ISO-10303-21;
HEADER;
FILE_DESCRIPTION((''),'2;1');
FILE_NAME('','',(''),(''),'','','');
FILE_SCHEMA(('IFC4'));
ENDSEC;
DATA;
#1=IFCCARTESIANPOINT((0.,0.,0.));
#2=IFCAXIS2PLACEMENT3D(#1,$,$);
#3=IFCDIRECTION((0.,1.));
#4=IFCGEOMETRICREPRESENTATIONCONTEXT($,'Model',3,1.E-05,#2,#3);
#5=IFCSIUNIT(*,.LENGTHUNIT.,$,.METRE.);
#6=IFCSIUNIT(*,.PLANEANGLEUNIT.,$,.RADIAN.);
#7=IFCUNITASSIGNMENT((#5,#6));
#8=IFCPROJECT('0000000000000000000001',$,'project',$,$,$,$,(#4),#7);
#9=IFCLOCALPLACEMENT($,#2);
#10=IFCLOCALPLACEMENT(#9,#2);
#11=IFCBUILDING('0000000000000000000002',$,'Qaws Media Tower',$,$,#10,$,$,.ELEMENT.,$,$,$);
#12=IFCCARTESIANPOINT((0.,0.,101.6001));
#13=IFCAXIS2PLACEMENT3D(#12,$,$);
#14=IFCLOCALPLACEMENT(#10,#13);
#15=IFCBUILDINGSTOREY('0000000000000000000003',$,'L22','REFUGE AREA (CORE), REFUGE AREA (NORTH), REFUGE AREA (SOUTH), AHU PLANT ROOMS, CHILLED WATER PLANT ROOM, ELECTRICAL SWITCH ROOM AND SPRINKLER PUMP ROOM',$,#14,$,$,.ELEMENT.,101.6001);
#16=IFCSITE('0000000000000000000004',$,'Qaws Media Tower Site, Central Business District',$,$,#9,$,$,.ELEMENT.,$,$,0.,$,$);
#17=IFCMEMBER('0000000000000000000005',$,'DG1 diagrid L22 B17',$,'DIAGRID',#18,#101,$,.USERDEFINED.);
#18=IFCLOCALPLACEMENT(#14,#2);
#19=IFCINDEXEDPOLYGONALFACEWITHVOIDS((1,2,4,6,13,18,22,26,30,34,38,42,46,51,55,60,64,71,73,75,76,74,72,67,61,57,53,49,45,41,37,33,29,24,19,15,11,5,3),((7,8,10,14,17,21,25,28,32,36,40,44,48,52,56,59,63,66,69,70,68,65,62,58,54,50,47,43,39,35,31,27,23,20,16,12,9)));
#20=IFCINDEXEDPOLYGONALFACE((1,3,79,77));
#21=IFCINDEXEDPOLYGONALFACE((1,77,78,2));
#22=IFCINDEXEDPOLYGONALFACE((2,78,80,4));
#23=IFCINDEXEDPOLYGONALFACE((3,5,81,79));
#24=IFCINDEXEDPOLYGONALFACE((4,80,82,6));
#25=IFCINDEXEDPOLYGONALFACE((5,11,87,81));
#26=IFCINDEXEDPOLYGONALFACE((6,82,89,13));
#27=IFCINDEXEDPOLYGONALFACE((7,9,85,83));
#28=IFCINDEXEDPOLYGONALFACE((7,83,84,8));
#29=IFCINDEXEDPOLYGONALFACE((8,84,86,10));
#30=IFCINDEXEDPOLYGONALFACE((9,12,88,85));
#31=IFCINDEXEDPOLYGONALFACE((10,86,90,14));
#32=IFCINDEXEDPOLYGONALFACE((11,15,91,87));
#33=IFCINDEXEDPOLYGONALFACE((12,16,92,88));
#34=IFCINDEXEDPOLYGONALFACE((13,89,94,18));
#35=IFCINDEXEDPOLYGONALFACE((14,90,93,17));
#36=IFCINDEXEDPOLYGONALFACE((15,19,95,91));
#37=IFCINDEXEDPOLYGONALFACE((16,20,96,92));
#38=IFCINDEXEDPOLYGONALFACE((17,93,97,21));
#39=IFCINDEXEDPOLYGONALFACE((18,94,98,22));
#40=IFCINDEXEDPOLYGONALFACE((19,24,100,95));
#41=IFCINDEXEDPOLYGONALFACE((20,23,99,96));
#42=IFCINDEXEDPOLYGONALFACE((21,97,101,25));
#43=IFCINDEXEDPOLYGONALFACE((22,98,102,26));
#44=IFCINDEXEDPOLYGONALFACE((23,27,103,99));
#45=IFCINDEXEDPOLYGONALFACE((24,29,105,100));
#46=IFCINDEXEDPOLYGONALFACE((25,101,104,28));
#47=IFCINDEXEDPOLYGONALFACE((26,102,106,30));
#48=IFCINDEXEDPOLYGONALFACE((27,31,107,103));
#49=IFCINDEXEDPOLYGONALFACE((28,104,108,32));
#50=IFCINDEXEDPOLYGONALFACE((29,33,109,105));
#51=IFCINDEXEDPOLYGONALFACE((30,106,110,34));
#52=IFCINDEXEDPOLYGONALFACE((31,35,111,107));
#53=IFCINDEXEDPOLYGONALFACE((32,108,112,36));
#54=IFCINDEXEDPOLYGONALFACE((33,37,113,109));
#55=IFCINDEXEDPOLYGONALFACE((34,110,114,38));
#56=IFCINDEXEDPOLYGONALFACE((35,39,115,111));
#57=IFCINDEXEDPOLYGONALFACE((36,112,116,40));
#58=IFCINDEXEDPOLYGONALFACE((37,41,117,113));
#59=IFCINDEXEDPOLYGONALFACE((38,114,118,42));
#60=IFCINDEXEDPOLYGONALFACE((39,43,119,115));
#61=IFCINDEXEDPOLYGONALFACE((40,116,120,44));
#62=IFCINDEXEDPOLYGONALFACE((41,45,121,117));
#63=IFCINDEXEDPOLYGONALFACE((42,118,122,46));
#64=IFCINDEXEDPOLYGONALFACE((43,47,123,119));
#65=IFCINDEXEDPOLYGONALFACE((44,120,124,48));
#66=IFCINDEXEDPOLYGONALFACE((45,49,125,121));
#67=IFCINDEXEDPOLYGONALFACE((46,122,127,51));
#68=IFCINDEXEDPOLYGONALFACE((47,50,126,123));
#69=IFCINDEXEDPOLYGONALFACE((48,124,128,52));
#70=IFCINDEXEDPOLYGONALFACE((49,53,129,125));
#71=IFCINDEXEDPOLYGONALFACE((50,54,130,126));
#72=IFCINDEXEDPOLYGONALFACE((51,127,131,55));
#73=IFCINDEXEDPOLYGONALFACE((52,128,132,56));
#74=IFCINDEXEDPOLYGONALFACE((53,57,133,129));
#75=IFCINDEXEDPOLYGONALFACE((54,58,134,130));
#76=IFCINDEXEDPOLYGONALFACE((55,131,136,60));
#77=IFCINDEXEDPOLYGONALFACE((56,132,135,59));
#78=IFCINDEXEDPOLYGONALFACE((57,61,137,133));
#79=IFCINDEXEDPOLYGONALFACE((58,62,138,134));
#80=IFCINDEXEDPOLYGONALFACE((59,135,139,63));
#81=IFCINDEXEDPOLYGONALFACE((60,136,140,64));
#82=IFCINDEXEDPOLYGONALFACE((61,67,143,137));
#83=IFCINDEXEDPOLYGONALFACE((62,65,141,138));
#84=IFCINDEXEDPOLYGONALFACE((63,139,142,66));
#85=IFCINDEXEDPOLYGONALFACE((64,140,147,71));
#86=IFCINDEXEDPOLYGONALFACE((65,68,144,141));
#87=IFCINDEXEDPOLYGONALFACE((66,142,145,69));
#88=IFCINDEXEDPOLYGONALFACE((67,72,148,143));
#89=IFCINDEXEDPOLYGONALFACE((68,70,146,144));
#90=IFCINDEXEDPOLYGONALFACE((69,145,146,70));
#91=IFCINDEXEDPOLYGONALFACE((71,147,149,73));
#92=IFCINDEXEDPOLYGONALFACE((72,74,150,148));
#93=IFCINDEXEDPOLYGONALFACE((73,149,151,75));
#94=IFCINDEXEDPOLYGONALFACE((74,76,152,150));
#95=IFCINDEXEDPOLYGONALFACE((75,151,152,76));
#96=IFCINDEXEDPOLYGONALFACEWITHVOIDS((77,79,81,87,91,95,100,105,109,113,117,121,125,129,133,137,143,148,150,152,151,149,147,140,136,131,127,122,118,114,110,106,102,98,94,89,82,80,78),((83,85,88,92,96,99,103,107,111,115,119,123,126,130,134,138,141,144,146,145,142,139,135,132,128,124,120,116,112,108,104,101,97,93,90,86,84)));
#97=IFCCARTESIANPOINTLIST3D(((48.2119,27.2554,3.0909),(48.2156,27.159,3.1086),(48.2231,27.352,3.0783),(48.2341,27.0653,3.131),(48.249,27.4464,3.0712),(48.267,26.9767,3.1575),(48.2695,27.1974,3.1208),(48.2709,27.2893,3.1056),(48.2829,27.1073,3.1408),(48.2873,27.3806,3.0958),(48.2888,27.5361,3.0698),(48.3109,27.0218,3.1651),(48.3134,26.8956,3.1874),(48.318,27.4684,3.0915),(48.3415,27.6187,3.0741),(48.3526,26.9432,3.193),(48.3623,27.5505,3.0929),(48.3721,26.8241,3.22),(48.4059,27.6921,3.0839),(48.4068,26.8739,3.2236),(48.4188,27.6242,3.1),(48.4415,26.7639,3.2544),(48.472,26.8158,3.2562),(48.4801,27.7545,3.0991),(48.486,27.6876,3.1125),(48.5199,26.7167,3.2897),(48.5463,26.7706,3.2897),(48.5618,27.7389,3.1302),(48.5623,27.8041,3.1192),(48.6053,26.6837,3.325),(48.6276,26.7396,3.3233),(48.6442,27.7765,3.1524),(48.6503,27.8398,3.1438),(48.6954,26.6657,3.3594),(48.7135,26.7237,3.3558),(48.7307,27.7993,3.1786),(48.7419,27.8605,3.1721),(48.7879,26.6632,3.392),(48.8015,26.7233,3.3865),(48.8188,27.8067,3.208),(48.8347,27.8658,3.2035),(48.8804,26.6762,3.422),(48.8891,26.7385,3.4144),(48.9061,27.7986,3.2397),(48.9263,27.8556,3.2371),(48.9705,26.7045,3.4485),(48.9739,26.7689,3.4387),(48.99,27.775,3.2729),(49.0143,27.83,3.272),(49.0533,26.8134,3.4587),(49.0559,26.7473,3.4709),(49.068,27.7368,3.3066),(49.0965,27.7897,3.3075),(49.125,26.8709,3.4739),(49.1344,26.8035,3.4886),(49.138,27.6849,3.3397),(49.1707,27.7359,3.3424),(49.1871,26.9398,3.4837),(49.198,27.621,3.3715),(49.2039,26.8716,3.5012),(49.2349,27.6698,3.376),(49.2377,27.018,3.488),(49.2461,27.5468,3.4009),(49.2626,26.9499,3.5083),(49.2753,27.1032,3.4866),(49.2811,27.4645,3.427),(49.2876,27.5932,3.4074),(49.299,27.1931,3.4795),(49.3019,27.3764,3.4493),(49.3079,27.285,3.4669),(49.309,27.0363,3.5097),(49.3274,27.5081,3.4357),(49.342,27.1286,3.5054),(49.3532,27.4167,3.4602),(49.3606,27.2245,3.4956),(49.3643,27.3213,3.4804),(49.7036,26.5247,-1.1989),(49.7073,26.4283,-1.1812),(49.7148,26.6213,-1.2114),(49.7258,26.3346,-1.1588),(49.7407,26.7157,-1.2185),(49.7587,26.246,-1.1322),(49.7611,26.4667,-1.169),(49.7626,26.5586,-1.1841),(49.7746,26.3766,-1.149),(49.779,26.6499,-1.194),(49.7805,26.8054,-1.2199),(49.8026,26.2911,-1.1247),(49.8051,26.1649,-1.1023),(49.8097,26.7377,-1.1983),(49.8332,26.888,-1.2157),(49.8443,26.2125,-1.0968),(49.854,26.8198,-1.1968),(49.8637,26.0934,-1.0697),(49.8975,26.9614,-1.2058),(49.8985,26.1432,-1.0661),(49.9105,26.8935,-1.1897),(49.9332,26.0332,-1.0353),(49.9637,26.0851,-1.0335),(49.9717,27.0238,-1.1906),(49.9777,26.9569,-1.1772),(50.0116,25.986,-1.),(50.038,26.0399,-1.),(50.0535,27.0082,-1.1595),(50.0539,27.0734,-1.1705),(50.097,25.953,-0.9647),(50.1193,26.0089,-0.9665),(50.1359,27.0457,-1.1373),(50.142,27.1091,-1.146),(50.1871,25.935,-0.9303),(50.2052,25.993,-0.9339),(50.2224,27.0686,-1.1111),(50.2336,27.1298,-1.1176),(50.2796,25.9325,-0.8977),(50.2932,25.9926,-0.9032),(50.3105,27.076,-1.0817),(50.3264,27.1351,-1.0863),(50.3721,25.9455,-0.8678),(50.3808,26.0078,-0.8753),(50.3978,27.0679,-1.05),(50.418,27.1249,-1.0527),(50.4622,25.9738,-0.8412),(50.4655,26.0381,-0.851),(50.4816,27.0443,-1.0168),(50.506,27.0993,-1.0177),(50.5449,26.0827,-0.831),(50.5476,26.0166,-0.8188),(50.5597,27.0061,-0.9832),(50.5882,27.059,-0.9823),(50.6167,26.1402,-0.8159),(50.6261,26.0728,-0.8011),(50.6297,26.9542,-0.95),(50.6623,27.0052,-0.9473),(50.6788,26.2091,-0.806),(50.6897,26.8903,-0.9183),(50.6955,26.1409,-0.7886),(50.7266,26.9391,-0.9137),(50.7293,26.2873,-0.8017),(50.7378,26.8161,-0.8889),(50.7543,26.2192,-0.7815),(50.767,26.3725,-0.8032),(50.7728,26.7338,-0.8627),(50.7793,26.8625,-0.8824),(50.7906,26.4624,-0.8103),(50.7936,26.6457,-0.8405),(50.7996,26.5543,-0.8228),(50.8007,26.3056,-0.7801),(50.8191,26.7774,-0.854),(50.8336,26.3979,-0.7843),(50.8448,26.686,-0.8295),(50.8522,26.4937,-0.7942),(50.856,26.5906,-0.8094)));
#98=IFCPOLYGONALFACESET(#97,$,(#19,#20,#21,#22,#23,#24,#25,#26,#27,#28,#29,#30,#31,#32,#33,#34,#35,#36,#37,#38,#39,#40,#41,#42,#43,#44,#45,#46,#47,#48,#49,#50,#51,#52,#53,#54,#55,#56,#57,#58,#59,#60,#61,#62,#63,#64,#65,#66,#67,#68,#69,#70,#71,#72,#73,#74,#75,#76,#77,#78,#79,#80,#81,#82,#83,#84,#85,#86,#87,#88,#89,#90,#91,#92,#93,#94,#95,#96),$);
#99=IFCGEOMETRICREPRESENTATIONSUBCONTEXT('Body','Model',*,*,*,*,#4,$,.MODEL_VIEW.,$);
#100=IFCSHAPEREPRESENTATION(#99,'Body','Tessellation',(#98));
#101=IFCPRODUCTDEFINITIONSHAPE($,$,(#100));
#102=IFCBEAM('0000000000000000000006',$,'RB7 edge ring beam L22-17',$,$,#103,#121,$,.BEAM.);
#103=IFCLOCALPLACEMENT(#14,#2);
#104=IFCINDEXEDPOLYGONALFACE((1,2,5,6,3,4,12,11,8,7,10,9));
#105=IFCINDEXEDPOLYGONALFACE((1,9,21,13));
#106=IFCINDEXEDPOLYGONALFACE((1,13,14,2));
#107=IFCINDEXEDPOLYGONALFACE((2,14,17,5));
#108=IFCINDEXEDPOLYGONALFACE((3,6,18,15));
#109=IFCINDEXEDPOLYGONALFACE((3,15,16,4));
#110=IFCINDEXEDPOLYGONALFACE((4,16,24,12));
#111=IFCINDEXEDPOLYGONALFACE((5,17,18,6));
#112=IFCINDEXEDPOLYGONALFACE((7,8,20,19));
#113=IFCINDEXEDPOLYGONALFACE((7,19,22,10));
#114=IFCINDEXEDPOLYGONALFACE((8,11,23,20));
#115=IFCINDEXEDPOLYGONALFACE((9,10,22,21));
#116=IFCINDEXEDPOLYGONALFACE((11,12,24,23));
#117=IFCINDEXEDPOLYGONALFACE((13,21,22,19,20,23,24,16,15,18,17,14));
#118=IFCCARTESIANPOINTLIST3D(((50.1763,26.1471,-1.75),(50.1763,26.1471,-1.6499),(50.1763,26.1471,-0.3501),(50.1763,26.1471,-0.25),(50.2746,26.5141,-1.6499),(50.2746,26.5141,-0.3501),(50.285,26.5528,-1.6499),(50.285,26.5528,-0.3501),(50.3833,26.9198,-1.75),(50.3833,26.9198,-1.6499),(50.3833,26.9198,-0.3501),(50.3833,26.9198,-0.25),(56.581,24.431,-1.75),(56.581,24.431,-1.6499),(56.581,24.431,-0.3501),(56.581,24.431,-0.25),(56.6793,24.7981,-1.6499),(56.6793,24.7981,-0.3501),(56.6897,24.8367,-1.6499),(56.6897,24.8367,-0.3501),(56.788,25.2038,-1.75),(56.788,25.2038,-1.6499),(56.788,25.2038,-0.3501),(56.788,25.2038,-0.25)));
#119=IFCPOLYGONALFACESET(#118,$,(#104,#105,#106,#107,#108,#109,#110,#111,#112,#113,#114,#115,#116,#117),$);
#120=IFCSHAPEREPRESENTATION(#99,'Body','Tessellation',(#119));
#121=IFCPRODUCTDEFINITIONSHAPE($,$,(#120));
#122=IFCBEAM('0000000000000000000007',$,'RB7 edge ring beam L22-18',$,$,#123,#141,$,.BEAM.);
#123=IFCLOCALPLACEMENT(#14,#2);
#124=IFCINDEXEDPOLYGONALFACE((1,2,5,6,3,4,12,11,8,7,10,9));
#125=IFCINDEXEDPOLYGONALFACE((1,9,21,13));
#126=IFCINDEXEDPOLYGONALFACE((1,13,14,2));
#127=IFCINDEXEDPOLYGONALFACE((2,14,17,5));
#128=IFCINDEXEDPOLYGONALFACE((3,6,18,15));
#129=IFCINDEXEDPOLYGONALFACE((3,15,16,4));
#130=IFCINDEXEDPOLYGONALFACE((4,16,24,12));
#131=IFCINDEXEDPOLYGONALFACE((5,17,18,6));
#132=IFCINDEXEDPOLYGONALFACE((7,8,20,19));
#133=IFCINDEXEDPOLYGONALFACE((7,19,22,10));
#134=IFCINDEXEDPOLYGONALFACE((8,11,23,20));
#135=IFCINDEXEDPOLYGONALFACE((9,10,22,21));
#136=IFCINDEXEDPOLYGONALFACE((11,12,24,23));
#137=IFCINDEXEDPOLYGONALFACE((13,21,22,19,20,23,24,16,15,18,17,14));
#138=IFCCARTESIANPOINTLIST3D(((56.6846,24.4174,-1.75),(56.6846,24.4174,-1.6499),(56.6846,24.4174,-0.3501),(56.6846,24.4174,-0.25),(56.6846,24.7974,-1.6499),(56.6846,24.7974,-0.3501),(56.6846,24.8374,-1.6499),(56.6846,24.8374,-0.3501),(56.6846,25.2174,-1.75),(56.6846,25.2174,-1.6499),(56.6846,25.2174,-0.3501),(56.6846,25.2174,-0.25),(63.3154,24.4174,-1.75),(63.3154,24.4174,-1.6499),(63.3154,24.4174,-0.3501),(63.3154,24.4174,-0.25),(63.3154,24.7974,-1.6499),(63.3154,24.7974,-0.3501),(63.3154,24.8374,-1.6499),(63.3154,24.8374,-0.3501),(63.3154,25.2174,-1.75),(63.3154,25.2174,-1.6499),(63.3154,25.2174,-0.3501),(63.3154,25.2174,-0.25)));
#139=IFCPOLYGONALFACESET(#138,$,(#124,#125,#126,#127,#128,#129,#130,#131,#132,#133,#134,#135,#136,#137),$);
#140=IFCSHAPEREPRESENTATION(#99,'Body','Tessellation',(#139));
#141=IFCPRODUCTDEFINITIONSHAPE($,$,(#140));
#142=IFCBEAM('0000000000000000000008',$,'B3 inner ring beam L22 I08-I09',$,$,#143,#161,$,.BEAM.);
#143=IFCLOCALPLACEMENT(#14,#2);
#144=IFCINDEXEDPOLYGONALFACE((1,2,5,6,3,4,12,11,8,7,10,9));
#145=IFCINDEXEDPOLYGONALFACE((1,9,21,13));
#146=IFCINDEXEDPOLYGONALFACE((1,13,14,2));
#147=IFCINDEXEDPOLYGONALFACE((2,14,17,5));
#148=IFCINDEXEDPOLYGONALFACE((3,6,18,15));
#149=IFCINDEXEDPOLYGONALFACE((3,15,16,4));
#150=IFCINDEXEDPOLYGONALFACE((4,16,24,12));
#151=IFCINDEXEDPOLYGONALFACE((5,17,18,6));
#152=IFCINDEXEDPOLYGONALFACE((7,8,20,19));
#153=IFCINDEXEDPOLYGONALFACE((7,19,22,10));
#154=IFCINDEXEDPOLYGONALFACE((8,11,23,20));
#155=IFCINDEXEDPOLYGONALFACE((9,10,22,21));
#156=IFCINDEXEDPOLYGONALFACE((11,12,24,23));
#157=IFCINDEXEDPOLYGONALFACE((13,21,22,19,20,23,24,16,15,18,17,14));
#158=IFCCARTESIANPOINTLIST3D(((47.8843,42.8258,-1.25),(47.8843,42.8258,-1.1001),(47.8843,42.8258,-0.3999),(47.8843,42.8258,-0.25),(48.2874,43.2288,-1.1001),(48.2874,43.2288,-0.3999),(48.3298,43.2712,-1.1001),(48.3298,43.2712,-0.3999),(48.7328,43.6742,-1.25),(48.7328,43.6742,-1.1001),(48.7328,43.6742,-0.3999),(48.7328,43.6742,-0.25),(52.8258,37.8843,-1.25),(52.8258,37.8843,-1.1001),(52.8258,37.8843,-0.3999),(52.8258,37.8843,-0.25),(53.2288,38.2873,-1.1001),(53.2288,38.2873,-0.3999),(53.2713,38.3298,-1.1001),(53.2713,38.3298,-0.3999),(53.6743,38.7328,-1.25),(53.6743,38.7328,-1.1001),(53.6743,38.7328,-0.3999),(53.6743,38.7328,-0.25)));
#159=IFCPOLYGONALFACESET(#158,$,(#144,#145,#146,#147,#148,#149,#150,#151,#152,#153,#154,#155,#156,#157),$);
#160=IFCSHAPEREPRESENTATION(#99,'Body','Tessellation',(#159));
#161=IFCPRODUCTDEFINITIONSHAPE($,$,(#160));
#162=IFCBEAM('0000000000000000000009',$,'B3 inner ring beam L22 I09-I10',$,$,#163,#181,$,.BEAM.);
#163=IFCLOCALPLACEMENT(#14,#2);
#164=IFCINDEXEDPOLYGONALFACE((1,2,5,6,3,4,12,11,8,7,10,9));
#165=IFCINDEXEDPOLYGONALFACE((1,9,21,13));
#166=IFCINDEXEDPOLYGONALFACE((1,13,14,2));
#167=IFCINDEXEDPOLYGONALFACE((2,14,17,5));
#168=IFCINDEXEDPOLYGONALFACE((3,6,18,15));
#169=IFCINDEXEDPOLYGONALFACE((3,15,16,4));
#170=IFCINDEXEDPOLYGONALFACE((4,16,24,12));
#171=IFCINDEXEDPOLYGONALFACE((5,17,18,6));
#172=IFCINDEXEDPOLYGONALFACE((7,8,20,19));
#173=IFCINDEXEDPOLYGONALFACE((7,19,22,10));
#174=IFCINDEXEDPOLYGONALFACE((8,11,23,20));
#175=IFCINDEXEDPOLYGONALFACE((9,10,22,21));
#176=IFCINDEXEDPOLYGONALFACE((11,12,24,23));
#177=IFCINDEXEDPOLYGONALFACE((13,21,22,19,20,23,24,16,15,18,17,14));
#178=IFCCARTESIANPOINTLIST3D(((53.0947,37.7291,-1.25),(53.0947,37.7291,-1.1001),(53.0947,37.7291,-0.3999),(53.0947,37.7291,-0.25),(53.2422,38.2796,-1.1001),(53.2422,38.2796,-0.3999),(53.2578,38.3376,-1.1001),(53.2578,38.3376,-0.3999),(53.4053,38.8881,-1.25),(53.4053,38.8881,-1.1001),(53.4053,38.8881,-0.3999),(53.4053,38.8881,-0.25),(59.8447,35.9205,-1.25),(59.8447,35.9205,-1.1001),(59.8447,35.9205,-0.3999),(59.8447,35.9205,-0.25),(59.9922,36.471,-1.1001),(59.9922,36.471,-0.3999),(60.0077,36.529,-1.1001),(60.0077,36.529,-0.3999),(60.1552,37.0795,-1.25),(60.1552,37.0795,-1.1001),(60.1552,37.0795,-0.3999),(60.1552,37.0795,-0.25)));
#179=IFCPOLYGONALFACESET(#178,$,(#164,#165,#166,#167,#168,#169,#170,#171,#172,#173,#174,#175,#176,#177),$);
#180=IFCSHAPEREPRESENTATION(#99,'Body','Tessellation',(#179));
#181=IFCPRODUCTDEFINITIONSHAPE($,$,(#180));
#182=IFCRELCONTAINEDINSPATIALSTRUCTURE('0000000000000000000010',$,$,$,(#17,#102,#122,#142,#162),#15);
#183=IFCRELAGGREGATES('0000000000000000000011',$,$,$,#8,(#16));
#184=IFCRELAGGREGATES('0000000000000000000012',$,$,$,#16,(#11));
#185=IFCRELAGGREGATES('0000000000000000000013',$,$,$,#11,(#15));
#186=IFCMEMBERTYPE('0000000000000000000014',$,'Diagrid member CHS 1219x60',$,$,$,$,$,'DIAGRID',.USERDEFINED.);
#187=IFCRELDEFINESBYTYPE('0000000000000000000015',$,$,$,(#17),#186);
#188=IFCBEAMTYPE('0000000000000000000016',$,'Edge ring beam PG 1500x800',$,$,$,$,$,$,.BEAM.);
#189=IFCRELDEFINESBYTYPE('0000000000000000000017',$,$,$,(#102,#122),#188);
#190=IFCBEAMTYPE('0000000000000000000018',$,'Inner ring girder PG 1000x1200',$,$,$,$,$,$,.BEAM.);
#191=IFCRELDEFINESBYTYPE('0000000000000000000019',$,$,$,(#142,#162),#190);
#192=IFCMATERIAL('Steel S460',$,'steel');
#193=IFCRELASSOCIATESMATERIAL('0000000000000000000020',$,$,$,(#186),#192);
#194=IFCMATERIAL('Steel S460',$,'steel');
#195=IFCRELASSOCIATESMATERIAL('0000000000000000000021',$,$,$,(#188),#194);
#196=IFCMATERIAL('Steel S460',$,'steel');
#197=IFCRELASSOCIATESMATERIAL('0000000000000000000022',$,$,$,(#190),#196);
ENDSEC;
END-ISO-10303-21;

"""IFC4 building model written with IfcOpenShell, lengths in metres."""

from ifc_helpers import new_model, si_unit, direction, frame, origin, origin_2d, place, context, subcontext, project, spatial, hollow_circle, i_section, extrude, material, material_profile, profile_set, type_object, element, save


model = new_model("IFC4")

# Units and contexts
model_context = context("Model", 3, precision=1e-05, world=origin(), true_north=direction((0.0, 1.0)))
body_context = subcontext(model_context, "Body", "Model", "MODEL_VIEW")
ifc_project = project(units=[si_unit("LENGTHUNIT", "METRE"), si_unit("PLANEANGLEUNIT", "RADIAN")], contexts=[model_context])

# Site, building, storey
site_placement = place(None, origin())
site = spatial("IfcSite", under=ifc_project, at=site_placement, Name="Qaws Media Tower Site, Central Business District", CompositionType="ELEMENT", RefElevation=0.0)
building_placement = place(site_placement, origin())
building = spatial("IfcBuilding", under=site, at=building_placement, Name="Qaws Media Tower", CompositionType="ELEMENT")
storey_placement = place(building_placement, frame((0.0, 0.0, 101.6001)))
storey = spatial("IfcBuildingStorey", under=building, at=storey_placement, Name="L22", Description="REFUGE AREA (CORE), REFUGE AREA (NORTH), REFUGE AREA (SOUTH), AHU PLANT ROOMS, CHILLED WATER PLANT ROOM, ELECTRICAL SWITCH ROOM AND SPRINKLER PUMP ROOM", CompositionType="ELEMENT", Elevation=101.6001)

# Member
ifc_material_1 = material(Name="Steel S460", Category="steel")
ifc_material_profile_1 = material_profile(ifc_material_1, hollow_circle(Radius=0.6096, WallThickness=0.0601, at=origin_2d()), Name="CHS 1219x60")
ifc_profile_set_1 = profile_set([ifc_material_profile_1], Name="Steel S460")
member_type_1 = type_object("IfcMemberType", Name="Diagrid member CHS 1219x60", ElementType="DIAGRID", PredefinedType="USERDEFINED", material=ifc_profile_set_1)
member_1_placement = place(storey_placement, frame((50.2798, 26.5334, -1.0), z_axis=(-0.324271, 0.158845, 0.932532), x_axis=(-0.439909, -0.898043, 0.0)))
element("IfcMember", 1, at=member_1_placement, inside=storey, type_object=member_type_1, Name="DG1 diagrid L22 B17", ObjectType="DIAGRID", PredefinedType="USERDEFINED", context=body_context, shape_type="SweptSolid", body=[
    extrude(hollow_circle(Radius=0.6096, WallThickness=0.0601, at=origin_2d()), origin(), (0.0, 0.0, 1.0), 4.6001),
])

# Beams
ifc_material_2 = material(Name="Steel S460", Category="steel")
ifc_material_profile_2 = material_profile(ifc_material_2, i_section(OverallWidth=0.8, OverallDepth=1.5, WebThickness=0.04, FlangeThickness=0.1001, at=origin_2d()), Name="PG 1500x800")
ifc_profile_set_2 = profile_set([ifc_material_profile_2], Name="Steel S460")
beam_type_1 = type_object("IfcBeamType", Name="Edge ring beam PG 1500x800", PredefinedType="BEAM", material=ifc_profile_set_2)
beam_1_placement = place(storey_placement, frame((50.2798, 26.5334, -1.0), z_axis=(0.965929, -0.258806, 0.0), x_axis=(0.258806, 0.965929, 0.0)))
element("IfcBeam", 2, at=beam_1_placement, inside=storey, type_object=beam_type_1, Name="RB7 edge ring beam L22-17", PredefinedType="BEAM", context=body_context, shape_type="SweptSolid", body=[
    extrude(i_section(OverallWidth=0.8, OverallDepth=1.5, WebThickness=0.04, FlangeThickness=0.1001, at=origin_2d()), origin(), (0.0, 0.0, 1.0), 6.6306),
])
beam_2_placement = place(storey_placement, frame((56.6846, 24.8174, -1.0), z_axis=(1.0, 0.0, 0.0), x_axis=(0.0, 1.0, 0.0)))
element("IfcBeam", 3, at=beam_2_placement, inside=storey, type_object=beam_type_1, Name="RB7 edge ring beam L22-18", PredefinedType="BEAM", context=body_context, shape_type="SweptSolid", body=[
    extrude(i_section(OverallWidth=0.8, OverallDepth=1.5, WebThickness=0.04, FlangeThickness=0.1001, at=origin_2d()), origin(), (0.0, 0.0, 1.0), 6.6309),
])
ifc_material_3 = material(Name="Steel S460", Category="steel")
ifc_material_profile_3 = material_profile(ifc_material_3, i_section(OverallWidth=1.2, OverallDepth=1.0, WebThickness=0.0601, FlangeThickness=0.1499, at=origin_2d()), Name="PG 1000x1200")
ifc_profile_set_3 = profile_set([ifc_material_profile_3], Name="Steel S460")
beam_type_2 = type_object("IfcBeamType", Name="Inner ring girder PG 1000x1200", PredefinedType="BEAM", material=ifc_profile_set_3)
beam_3_placement = place(storey_placement, frame((48.3086, 43.25, -0.75), z_axis=(0.707107, -0.707107, 0.0), x_axis=(0.707107, 0.707107, 0.0)))
element("IfcBeam", 4, at=beam_3_placement, inside=storey, type_object=beam_type_2, Name="B3 inner ring beam L22 I08-I09", PredefinedType="BEAM", context=body_context, shape_type="SweptSolid", body=[
    extrude(i_section(OverallWidth=1.2, OverallDepth=1.0, WebThickness=0.0601, FlangeThickness=0.1499, at=origin_2d()), origin(), (0.0, 0.0, 1.0), 6.9883),
])
beam_4_placement = place(storey_placement, frame((53.25, 38.3086, -0.75), z_axis=(0.965928, -0.258811, 0.0), x_axis=(0.258811, 0.965928, 0.0)))
element("IfcBeam", 5, at=beam_4_placement, inside=storey, type_object=beam_type_2, Name="B3 inner ring beam L22 I09-I10", PredefinedType="BEAM", context=body_context, shape_type="SweptSolid", body=[
    extrude(i_section(OverallWidth=1.2, OverallDepth=1.0, WebThickness=0.0601, FlangeThickness=0.1499, at=origin_2d()), origin(), (0.0, 0.0, 1.0), 6.988),
])

save(model, "model.ifc")
